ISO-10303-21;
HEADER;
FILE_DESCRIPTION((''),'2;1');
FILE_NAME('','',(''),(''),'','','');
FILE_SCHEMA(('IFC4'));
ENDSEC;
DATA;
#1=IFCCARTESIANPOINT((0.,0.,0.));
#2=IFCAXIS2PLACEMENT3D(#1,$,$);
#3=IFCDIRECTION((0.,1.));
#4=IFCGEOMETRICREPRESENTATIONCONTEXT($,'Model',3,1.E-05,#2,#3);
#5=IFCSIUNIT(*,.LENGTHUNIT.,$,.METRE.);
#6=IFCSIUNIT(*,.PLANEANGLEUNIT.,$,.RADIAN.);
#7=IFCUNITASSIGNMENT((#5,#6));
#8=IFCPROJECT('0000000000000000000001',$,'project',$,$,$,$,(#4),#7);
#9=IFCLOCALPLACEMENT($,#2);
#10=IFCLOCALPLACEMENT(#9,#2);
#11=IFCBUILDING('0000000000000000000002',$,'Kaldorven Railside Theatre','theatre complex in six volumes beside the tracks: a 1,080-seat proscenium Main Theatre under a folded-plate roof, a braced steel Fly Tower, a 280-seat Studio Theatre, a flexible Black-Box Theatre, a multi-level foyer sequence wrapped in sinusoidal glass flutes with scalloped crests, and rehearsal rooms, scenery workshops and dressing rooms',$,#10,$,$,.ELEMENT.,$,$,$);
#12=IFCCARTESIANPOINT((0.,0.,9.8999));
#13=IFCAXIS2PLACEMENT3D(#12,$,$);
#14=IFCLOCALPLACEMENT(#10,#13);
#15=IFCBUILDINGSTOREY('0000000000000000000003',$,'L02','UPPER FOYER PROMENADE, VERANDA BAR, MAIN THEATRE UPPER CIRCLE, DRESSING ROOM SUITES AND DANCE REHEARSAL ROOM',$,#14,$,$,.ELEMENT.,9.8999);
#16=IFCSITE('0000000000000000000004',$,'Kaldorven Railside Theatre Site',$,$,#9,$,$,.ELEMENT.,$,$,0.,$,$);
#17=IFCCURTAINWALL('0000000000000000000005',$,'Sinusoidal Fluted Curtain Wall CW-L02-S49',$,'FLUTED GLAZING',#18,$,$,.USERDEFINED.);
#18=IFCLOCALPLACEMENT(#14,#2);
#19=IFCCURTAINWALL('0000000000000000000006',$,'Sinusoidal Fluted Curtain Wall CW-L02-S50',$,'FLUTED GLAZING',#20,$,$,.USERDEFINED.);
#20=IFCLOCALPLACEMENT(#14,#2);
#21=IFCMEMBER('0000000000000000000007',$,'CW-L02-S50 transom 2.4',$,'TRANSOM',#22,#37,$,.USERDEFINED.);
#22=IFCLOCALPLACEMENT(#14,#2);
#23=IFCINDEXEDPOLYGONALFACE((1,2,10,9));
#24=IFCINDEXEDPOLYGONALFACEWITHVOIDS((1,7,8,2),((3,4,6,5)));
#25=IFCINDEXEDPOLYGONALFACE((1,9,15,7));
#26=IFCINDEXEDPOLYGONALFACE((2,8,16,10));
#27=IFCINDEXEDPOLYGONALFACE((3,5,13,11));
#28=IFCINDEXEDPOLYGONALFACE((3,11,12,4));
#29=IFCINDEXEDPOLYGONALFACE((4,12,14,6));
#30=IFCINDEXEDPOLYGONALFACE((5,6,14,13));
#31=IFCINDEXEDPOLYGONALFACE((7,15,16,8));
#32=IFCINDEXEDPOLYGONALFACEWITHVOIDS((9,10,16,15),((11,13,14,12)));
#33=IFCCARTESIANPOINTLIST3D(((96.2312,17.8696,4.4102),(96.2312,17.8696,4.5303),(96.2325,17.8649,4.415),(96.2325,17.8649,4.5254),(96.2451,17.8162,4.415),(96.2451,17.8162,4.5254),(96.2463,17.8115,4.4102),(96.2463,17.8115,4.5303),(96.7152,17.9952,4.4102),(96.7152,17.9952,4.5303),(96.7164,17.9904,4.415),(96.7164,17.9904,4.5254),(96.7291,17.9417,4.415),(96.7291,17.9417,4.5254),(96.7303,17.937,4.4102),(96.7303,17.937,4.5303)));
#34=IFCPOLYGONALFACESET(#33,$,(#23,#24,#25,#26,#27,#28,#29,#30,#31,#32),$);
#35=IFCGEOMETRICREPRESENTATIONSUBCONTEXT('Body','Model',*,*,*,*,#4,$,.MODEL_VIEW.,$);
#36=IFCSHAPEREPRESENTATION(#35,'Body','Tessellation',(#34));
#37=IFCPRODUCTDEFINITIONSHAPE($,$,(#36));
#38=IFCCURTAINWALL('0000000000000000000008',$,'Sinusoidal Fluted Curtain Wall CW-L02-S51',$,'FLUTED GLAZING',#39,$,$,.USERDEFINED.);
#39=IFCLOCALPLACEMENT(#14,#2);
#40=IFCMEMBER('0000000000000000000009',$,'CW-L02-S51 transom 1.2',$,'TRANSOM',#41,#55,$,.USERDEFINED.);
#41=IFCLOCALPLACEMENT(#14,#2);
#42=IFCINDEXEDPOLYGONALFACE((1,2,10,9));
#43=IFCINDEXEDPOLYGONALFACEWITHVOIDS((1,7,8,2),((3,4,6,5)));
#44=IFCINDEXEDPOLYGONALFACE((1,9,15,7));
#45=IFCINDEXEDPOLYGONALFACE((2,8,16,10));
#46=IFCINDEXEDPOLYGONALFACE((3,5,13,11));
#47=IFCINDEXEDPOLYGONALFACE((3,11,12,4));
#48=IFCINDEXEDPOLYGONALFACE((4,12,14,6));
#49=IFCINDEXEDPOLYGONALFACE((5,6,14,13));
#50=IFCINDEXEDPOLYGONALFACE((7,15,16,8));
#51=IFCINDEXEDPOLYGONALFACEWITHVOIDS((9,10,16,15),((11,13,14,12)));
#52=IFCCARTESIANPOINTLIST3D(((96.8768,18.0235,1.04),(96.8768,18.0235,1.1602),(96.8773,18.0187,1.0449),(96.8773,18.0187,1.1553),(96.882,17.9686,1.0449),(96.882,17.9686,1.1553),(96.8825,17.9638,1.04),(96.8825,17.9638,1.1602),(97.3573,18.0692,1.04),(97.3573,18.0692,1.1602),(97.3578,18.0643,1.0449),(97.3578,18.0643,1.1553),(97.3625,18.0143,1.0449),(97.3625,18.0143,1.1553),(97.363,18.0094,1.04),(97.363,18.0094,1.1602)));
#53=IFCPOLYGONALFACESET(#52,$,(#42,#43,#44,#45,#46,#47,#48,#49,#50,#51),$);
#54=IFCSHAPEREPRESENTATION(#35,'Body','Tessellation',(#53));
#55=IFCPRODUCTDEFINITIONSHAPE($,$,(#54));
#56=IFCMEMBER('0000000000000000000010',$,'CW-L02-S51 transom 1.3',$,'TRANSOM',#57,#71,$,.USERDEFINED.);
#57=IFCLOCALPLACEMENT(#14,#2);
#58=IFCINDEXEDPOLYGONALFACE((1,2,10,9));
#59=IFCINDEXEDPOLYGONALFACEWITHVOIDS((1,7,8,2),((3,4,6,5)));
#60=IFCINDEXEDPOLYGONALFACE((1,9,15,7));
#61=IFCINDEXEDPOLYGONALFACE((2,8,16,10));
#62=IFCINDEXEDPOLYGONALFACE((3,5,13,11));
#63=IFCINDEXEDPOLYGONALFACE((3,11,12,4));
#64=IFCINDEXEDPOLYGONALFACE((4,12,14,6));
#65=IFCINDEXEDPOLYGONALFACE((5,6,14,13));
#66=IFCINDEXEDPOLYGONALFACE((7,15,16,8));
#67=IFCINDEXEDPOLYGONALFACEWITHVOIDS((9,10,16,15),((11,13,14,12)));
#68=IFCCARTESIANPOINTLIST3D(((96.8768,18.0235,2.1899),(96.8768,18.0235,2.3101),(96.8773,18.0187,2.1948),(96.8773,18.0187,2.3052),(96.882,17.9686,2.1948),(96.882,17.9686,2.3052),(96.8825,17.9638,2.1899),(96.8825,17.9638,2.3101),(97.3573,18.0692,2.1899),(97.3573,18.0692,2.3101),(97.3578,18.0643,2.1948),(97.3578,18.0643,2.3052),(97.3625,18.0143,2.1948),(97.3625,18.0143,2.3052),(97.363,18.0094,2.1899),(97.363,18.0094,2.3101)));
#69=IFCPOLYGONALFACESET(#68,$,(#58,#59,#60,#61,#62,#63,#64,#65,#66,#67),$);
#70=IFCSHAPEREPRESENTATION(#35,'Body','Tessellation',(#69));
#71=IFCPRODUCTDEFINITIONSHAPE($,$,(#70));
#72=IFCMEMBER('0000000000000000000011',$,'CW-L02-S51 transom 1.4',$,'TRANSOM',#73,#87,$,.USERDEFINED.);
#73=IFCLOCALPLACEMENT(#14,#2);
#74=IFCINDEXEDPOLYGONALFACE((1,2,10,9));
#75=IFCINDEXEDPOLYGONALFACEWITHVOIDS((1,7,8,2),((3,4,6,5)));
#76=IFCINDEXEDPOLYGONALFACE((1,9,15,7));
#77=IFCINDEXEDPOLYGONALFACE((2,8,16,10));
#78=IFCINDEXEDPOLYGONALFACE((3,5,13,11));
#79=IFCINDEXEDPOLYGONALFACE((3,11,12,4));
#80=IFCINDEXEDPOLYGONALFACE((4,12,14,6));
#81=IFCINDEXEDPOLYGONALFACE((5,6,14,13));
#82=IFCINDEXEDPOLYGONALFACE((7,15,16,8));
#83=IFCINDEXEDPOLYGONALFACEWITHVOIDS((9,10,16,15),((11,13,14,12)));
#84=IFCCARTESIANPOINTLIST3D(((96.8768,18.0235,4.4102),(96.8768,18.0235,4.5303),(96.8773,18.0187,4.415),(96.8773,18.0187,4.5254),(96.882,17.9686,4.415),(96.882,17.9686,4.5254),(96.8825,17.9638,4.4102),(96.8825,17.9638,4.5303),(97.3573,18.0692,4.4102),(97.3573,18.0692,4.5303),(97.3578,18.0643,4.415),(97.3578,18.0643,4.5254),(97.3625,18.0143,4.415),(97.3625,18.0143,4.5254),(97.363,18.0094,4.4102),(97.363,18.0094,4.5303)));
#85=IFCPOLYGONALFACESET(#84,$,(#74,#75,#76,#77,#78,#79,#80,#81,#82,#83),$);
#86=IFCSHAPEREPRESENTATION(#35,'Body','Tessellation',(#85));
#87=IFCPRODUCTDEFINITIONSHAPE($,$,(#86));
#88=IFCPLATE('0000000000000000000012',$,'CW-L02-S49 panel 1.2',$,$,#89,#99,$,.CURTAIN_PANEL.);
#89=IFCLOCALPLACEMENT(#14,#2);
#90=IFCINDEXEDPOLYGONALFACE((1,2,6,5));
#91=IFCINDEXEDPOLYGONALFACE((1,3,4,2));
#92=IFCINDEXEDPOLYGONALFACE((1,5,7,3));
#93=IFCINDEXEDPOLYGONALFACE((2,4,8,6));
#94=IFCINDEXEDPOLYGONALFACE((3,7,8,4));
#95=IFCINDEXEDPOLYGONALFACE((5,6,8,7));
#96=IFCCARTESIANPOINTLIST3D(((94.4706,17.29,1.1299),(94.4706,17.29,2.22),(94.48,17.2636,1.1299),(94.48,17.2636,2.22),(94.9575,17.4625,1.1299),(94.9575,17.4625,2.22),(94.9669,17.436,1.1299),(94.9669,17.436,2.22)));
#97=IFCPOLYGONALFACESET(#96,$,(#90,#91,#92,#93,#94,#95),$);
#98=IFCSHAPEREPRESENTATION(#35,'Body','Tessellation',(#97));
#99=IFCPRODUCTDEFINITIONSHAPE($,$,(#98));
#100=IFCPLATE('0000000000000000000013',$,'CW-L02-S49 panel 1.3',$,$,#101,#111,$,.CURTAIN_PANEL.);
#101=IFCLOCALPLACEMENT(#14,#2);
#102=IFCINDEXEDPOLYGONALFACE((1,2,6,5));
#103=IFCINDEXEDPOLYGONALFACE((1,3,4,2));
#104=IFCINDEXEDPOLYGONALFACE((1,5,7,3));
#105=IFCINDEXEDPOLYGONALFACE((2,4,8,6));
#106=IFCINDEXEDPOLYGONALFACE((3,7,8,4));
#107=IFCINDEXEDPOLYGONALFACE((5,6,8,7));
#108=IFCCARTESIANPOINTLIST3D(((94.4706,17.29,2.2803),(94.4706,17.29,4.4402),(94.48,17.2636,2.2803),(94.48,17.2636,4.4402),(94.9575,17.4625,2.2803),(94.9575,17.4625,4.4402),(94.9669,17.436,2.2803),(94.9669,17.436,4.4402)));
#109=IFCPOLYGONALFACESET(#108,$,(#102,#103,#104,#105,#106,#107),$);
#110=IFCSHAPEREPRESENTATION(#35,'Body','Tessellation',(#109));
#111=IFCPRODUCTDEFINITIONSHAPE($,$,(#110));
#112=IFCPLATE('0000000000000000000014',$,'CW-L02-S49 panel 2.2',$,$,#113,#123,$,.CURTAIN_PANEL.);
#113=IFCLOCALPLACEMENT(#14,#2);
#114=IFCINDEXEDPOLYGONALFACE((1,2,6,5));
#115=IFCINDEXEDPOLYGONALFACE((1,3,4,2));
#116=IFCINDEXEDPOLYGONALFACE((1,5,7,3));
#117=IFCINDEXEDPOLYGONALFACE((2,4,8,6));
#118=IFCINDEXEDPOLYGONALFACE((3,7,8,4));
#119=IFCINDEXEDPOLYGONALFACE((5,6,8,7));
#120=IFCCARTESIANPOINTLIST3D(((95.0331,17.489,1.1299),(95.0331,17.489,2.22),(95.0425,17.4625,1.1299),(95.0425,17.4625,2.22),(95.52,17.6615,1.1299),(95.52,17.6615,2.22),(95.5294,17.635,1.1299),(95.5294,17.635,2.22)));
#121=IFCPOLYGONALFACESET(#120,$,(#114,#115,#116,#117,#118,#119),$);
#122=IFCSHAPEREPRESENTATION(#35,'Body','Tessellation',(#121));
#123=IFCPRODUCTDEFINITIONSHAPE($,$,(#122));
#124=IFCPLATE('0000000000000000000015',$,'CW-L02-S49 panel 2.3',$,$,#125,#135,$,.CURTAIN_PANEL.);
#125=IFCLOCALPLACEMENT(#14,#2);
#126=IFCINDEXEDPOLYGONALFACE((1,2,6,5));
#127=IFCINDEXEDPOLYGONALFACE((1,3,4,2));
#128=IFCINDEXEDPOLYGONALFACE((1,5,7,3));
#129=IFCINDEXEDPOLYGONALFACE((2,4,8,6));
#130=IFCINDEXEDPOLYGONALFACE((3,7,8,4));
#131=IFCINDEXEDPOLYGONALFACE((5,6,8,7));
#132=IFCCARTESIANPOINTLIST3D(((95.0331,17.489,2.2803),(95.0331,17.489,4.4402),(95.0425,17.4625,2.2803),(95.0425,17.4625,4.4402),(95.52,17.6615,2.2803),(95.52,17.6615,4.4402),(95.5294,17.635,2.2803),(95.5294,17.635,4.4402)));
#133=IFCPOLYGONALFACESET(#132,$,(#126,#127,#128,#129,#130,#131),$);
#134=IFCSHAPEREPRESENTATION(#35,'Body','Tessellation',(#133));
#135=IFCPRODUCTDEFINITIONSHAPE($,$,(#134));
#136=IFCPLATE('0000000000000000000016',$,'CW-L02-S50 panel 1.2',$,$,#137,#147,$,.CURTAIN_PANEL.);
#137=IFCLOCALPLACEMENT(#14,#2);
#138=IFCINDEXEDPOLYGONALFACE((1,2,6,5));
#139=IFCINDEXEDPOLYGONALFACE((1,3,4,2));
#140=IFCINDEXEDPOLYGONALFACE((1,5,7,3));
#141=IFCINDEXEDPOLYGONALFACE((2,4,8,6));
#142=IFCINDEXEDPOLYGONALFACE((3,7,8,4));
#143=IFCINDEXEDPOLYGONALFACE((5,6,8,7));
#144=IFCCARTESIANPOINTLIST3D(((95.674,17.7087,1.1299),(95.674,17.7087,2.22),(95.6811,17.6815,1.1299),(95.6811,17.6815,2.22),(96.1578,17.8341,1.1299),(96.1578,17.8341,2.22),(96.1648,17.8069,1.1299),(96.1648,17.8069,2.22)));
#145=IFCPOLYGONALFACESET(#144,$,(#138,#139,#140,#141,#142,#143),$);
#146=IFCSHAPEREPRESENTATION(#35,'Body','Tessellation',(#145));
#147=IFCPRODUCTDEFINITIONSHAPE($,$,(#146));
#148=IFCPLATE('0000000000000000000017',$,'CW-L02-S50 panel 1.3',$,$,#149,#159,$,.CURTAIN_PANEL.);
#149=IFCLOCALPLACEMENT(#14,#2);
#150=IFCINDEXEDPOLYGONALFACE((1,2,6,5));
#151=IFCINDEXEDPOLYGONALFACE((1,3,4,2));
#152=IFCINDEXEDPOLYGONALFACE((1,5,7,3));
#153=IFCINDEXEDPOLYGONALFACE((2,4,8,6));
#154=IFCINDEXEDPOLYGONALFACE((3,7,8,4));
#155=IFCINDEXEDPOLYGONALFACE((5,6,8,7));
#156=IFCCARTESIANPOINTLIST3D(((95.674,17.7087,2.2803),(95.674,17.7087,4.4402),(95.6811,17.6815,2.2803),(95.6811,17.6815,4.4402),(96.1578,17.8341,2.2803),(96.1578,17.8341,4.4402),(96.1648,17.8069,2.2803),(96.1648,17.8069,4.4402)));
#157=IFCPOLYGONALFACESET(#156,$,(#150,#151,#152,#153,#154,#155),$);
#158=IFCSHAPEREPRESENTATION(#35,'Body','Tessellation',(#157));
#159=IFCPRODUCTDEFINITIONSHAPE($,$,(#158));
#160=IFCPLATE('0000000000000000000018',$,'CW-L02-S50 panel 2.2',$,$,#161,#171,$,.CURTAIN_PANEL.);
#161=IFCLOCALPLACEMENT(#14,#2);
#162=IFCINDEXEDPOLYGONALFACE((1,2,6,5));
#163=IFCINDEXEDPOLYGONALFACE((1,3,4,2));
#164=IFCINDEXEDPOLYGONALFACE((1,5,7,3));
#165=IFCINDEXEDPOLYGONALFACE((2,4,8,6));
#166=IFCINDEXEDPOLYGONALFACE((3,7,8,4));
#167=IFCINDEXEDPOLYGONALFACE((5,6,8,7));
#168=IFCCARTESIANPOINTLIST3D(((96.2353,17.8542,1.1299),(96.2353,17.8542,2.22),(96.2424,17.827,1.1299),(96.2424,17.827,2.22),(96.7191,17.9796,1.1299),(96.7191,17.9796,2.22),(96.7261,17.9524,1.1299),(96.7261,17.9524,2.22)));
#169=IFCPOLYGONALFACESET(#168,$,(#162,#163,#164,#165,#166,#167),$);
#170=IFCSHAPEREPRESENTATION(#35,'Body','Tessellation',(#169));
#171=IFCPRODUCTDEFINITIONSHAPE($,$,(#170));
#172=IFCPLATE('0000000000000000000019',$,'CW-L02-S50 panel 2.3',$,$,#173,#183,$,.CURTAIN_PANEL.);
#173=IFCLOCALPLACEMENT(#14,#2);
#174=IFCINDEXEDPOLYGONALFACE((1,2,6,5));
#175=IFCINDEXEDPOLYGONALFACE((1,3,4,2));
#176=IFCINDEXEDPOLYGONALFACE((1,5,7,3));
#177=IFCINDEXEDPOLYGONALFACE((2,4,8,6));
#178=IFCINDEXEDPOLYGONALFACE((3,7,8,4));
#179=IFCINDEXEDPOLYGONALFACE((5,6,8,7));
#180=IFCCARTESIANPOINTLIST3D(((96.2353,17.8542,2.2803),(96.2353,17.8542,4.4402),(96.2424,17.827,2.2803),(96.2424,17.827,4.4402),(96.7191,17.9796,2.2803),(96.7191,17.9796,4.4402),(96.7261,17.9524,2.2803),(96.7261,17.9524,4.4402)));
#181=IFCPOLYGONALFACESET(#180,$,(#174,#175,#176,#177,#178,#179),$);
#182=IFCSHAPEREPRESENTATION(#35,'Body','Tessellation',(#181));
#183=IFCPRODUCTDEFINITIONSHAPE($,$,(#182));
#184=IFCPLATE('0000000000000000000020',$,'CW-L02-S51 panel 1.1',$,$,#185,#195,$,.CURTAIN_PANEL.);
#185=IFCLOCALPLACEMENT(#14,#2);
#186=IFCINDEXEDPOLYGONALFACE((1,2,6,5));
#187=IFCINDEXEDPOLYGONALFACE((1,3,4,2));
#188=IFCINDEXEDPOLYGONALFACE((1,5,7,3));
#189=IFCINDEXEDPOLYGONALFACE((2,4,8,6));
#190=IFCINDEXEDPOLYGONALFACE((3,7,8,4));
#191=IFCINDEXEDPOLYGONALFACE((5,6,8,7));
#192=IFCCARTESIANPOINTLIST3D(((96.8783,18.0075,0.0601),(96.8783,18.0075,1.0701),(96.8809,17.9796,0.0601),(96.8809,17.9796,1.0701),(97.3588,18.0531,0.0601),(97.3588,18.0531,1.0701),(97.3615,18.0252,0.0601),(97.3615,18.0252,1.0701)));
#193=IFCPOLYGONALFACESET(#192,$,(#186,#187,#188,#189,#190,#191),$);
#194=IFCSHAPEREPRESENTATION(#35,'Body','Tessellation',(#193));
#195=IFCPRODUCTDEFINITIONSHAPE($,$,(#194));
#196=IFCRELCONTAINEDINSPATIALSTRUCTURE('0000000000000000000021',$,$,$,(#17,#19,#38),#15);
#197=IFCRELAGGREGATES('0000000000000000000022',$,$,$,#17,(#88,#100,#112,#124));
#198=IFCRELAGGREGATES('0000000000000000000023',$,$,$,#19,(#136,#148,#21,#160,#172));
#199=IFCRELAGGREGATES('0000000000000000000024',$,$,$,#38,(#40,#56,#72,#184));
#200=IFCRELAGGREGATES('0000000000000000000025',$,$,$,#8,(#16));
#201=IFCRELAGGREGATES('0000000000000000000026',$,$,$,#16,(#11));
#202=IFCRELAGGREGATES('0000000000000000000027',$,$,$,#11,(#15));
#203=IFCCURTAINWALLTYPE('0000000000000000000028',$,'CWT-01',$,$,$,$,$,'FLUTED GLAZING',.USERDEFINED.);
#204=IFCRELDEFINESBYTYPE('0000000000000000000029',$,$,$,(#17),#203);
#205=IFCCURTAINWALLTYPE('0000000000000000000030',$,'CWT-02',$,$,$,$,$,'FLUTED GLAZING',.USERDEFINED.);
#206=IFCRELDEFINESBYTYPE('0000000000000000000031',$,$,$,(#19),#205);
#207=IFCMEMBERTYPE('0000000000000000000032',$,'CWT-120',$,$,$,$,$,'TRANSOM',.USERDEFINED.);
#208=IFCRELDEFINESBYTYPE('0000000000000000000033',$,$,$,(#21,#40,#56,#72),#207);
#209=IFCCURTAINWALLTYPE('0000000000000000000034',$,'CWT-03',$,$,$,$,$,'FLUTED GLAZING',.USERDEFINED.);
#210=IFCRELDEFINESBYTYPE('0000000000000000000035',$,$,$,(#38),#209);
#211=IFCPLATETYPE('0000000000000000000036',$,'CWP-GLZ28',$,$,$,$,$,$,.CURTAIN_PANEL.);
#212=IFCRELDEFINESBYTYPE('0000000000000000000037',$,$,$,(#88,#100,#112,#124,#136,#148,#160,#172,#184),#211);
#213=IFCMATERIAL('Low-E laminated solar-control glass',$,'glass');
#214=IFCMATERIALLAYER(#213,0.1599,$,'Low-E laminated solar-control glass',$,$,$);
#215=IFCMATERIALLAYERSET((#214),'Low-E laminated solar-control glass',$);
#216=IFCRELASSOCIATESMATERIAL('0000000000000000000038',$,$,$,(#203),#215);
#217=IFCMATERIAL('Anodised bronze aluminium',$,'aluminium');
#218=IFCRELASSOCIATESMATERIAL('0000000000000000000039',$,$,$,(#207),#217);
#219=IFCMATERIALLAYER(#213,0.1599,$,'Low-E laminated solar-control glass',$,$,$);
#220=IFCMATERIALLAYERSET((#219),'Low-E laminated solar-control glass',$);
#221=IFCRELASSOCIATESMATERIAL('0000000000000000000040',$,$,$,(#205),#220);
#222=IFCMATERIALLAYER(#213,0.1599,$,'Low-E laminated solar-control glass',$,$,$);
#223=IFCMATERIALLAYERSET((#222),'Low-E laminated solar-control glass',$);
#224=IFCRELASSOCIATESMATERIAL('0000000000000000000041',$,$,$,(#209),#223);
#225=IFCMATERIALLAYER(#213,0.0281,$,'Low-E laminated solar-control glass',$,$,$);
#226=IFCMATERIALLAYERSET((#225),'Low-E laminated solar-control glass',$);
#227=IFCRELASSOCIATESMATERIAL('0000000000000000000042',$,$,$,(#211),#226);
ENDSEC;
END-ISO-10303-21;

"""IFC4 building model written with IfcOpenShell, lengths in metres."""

from ifc_helpers import new_model, si_unit, direction, frame, origin, origin_2d, place, context, subcontext, project, spatial, rectangle, hollow_rectangle, extrude, material, layer, layer_set, material_profile, profile_set, type_object, element, aggregate, save


model = new_model("IFC4")

# Units and contexts
model_context = context("Model", 3, precision=1e-05, world=origin(), true_north=direction((0.0, 1.0)))
body_context = subcontext(model_context, "Body", "Model", "MODEL_VIEW")
ifc_project = project(units=[si_unit("LENGTHUNIT", "METRE"), si_unit("PLANEANGLEUNIT", "RADIAN")], contexts=[model_context])

# Site, building, storey
site_placement = place(None, origin())
site = spatial("IfcSite", under=ifc_project, at=site_placement, Name="Kaldorven Railside Theatre Site", CompositionType="ELEMENT", RefElevation=0.0)
building_placement = place(site_placement, origin())
building = spatial("IfcBuilding", under=site, at=building_placement, Name="Kaldorven Railside Theatre", Description="theatre complex in six volumes beside the tracks: a 1,080-seat proscenium Main Theatre under a folded-plate roof, a braced steel Fly Tower, a 280-seat Studio Theatre, a flexible Black-Box Theatre, a multi-level foyer sequence wrapped in sinusoidal glass flutes with scalloped crests, and rehearsal rooms, scenery workshops and dressing rooms", CompositionType="ELEMENT")
storey_placement = place(building_placement, frame((0.0, 0.0, 9.8999)))
storey = spatial("IfcBuildingStorey", under=building, at=storey_placement, Name="L02", Description="UPPER FOYER PROMENADE, VERANDA BAR, MAIN THEATRE UPPER CIRCLE, DRESSING ROOM SUITES AND DANCE REHEARSAL ROOM", CompositionType="ELEMENT", Elevation=9.8999)

# Curtain walls, members
ifc_material_1 = material(Name="Low-E laminated solar-control glass", Category="glass")
ifc_layer_1 = layer(ifc_material_1, 0.1599, Name="Low-E laminated solar-control glass")
ifc_layer_set_1 = layer_set([ifc_layer_1], Name="Low-E laminated solar-control glass")
curtain_wall_type_1 = type_object("IfcCurtainWallType", Name="CWT-01", ElementType="FLUTED GLAZING", PredefinedType="USERDEFINED", material=ifc_layer_set_1)
curtain_wall_1_placement = place(storey_placement, origin())
curtain_wall_1 = element("IfcCurtainWall", 1, at=curtain_wall_1_placement, inside=storey, type_object=curtain_wall_type_1, Name="Sinusoidal Fluted Curtain Wall CW-L02-S49", ObjectType="FLUTED GLAZING", PredefinedType="USERDEFINED")
ifc_material_2 = material(Name="Anodised bronze aluminium", Category="aluminium")
ifc_material_profile = material_profile(ifc_material_2, hollow_rectangle(XDim=0.0601, YDim=0.1201, WallThickness=0.0049, at=origin_2d()), Name="RHS 120x60x5")
ifc_profile_set = profile_set([ifc_material_profile], Name="Anodised bronze aluminium")
member_type = type_object("IfcMemberType", Name="CWT-120", ElementType="TRANSOM", PredefinedType="USERDEFINED", material=ifc_profile_set)
ifc_layer_2 = layer(ifc_material_1, 0.1599, Name="Low-E laminated solar-control glass")
ifc_layer_set_2 = layer_set([ifc_layer_2], Name="Low-E laminated solar-control glass")
curtain_wall_type_2 = type_object("IfcCurtainWallType", Name="CWT-02", ElementType="FLUTED GLAZING", PredefinedType="USERDEFINED", material=ifc_layer_set_2)
curtain_wall_2_placement = place(storey_placement, origin())
curtain_wall_2 = element("IfcCurtainWall", 2, at=curtain_wall_2_placement, inside=storey, type_object=curtain_wall_type_2, Name="Sinusoidal Fluted Curtain Wall CW-L02-S50", ObjectType="FLUTED GLAZING", PredefinedType="USERDEFINED")
member_1_placement = place(storey_placement, frame((96.2388, 17.8406, 4.4702), z_axis=(0.967979, 0.25103, 0.0), x_axis=(-0.25103, 0.967979, 0.0)))
member_1 = element("IfcMember", 3, at=member_1_placement, type_object=member_type, Name="CW-L02-S50 transom 2.4", ObjectType="TRANSOM", PredefinedType="USERDEFINED", context=body_context, shape_type="SweptSolid", body=[
    extrude(hollow_rectangle(XDim=0.0601, YDim=0.1201, WallThickness=0.0049, at=origin_2d()), origin(), (0.0, 0.0, 1.0), 0.5),
])
ifc_layer_3 = layer(ifc_material_1, 0.1599, Name="Low-E laminated solar-control glass")
ifc_layer_set_3 = layer_set([ifc_layer_3], Name="Low-E laminated solar-control glass")
curtain_wall_type_3 = type_object("IfcCurtainWallType", Name="CWT-03", ElementType="FLUTED GLAZING", PredefinedType="USERDEFINED", material=ifc_layer_set_3)
curtain_wall_3_placement = place(storey_placement, origin())
curtain_wall_3 = element("IfcCurtainWall", 4, at=curtain_wall_3_placement, inside=storey, type_object=curtain_wall_type_3, Name="Sinusoidal Fluted Curtain Wall CW-L02-S51", ObjectType="FLUTED GLAZING", PredefinedType="USERDEFINED")
member_2_placement = place(storey_placement, frame((96.8796, 17.9937, 1.1001), z_axis=(0.995516, 0.094594, 0.0), x_axis=(-0.094594, 0.995516, 0.0)))
member_2 = element("IfcMember", 5, at=member_2_placement, type_object=member_type, Name="CW-L02-S51 transom 1.2", ObjectType="TRANSOM", PredefinedType="USERDEFINED", context=body_context, shape_type="SweptSolid", body=[
    extrude(hollow_rectangle(XDim=0.0601, YDim=0.1201, WallThickness=0.0049, at=origin_2d()), origin(), (0.0, 0.0, 1.0), 0.4827),
])
member_3_placement = place(storey_placement, frame((96.8796, 17.9937, 2.25), z_axis=(0.995516, 0.094594, 0.0), x_axis=(-0.094594, 0.995516, 0.0)))
member_3 = element("IfcMember", 6, at=member_3_placement, type_object=member_type, Name="CW-L02-S51 transom 1.3", ObjectType="TRANSOM", PredefinedType="USERDEFINED", context=body_context, shape_type="SweptSolid", body=[
    extrude(hollow_rectangle(XDim=0.0601, YDim=0.1201, WallThickness=0.0049, at=origin_2d()), origin(), (0.0, 0.0, 1.0), 0.4827),
])
member_4_placement = place(storey_placement, frame((96.8796, 17.9937, 4.4702), z_axis=(0.995516, 0.094594, 0.0), x_axis=(-0.094594, 0.995516, 0.0)))
member_4 = element("IfcMember", 7, at=member_4_placement, type_object=member_type, Name="CW-L02-S51 transom 1.4", ObjectType="TRANSOM", PredefinedType="USERDEFINED", context=body_context, shape_type="SweptSolid", body=[
    extrude(hollow_rectangle(XDim=0.0601, YDim=0.1201, WallThickness=0.0049, at=origin_2d()), origin(), (0.0, 0.0, 1.0), 0.4827),
])

# Plates
ifc_layer_4 = layer(ifc_material_1, 0.0281, Name="Low-E laminated solar-control glass")
ifc_layer_set_4 = layer_set([ifc_layer_4], Name="Low-E laminated solar-control glass")
plate_type = type_object("IfcPlateType", Name="CWP-GLZ28", PredefinedType="CURTAIN_PANEL", material=ifc_layer_set_4)
plate_1_placement = place(storey_placement, frame((94.7188, 17.363, 1.1299), z_axis=(0.0, 0.0, 1.0), x_axis=(0.942627, 0.333847, 0.0)))
plate_1 = element("IfcPlate", 8, at=plate_1_placement, type_object=plate_type, Name="CW-L02-S49 panel 1.2", PredefinedType="CURTAIN_PANEL", context=body_context, shape_type="SweptSolid", body=[
    extrude(rectangle(XDim=0.5166, YDim=0.0281, at=origin_2d()), origin(), (0.0, 0.0, 1.0), 1.0901),
])
plate_2_placement = place(storey_placement, frame((94.7188, 17.363, 2.2803), z_axis=(0.0, 0.0, 1.0), x_axis=(0.942627, 0.333847, 0.0)))
plate_2 = element("IfcPlate", 9, at=plate_2_placement, type_object=plate_type, Name="CW-L02-S49 panel 1.3", PredefinedType="CURTAIN_PANEL", context=body_context, shape_type="SweptSolid", body=[
    extrude(rectangle(XDim=0.5166, YDim=0.0281, at=origin_2d()), origin(), (0.0, 0.0, 1.0), 2.1599),
])
plate_3_placement = place(storey_placement, frame((95.2812, 17.562, 1.1299), z_axis=(0.0, 0.0, 1.0), x_axis=(0.942627, 0.333847, 0.0)))
plate_3 = element("IfcPlate", 10, at=plate_3_placement, type_object=plate_type, Name="CW-L02-S49 panel 2.2", PredefinedType="CURTAIN_PANEL", context=body_context, shape_type="SweptSolid", body=[
    extrude(rectangle(XDim=0.5166, YDim=0.0281, at=origin_2d()), origin(), (0.0, 0.0, 1.0), 1.0901),
])
plate_4_placement = place(storey_placement, frame((95.2812, 17.562, 2.2803), z_axis=(0.0, 0.0, 1.0), x_axis=(0.942627, 0.333847, 0.0)))
plate_4 = element("IfcPlate", 11, at=plate_4_placement, type_object=plate_type, Name="CW-L02-S49 panel 2.3", PredefinedType="CURTAIN_PANEL", context=body_context, shape_type="SweptSolid", body=[
    extrude(rectangle(XDim=0.5166, YDim=0.0281, at=origin_2d()), origin(), (0.0, 0.0, 1.0), 2.1599),
])
aggregate(curtain_wall_1, [plate_1, plate_2, plate_3, plate_4])
plate_5_placement = place(storey_placement, frame((95.9194, 17.7578, 1.1299), z_axis=(0.0, 0.0, 1.0), x_axis=(0.967999, 0.250954, 0.0)))
plate_5 = element("IfcPlate", 12, at=plate_5_placement, type_object=plate_type, Name="CW-L02-S50 panel 1.2", PredefinedType="CURTAIN_PANEL", context=body_context, shape_type="SweptSolid", body=[
    extrude(rectangle(XDim=0.4998, YDim=0.0281, at=origin_2d()), origin(), (0.0, 0.0, 1.0), 1.0901),
])
plate_6_placement = place(storey_placement, frame((95.9194, 17.7578, 2.2803), z_axis=(0.0, 0.0, 1.0), x_axis=(0.967999, 0.250954, 0.0)))
plate_6 = element("IfcPlate", 13, at=plate_6_placement, type_object=plate_type, Name="CW-L02-S50 panel 1.3", PredefinedType="CURTAIN_PANEL", context=body_context, shape_type="SweptSolid", body=[
    extrude(rectangle(XDim=0.4998, YDim=0.0281, at=origin_2d()), origin(), (0.0, 0.0, 1.0), 2.1599),
])
plate_7_placement = place(storey_placement, frame((96.4807, 17.9033, 1.1299), z_axis=(0.0, 0.0, 1.0), x_axis=(0.967999, 0.250954, 0.0)))
plate_7 = element("IfcPlate", 14, at=plate_7_placement, type_object=plate_type, Name="CW-L02-S50 panel 2.2", PredefinedType="CURTAIN_PANEL", context=body_context, shape_type="SweptSolid", body=[
    extrude(rectangle(XDim=0.4998, YDim=0.0281, at=origin_2d()), origin(), (0.0, 0.0, 1.0), 1.0901),
])
plate_8_placement = place(storey_placement, frame((96.4807, 17.9033, 2.2803), z_axis=(0.0, 0.0, 1.0), x_axis=(0.967999, 0.250954, 0.0)))
plate_8 = element("IfcPlate", 15, at=plate_8_placement, type_object=plate_type, Name="CW-L02-S50 panel 2.3", PredefinedType="CURTAIN_PANEL", context=body_context, shape_type="SweptSolid", body=[
    extrude(rectangle(XDim=0.4998, YDim=0.0281, at=origin_2d()), origin(), (0.0, 0.0, 1.0), 2.1599),
])
aggregate(curtain_wall_2, [plate_5, plate_6, member_1, plate_7, plate_8])
plate_9_placement = place(storey_placement, frame((97.1199, 18.0164, 0.0601), z_axis=(0.0, 0.0, 1.0), x_axis=(0.995526, 0.094492, 0.0)))
plate_9 = element("IfcPlate", 16, at=plate_9_placement, type_object=plate_type, Name="CW-L02-S51 panel 1.1", PredefinedType="CURTAIN_PANEL", context=body_context, shape_type="SweptSolid", body=[
    extrude(rectangle(XDim=0.4827, YDim=0.0281, at=origin_2d()), origin(), (0.0, 0.0, 1.0), 1.01),
])
aggregate(curtain_wall_3, [member_2, member_3, member_4, plate_9])

save(model, "model.ifc")
